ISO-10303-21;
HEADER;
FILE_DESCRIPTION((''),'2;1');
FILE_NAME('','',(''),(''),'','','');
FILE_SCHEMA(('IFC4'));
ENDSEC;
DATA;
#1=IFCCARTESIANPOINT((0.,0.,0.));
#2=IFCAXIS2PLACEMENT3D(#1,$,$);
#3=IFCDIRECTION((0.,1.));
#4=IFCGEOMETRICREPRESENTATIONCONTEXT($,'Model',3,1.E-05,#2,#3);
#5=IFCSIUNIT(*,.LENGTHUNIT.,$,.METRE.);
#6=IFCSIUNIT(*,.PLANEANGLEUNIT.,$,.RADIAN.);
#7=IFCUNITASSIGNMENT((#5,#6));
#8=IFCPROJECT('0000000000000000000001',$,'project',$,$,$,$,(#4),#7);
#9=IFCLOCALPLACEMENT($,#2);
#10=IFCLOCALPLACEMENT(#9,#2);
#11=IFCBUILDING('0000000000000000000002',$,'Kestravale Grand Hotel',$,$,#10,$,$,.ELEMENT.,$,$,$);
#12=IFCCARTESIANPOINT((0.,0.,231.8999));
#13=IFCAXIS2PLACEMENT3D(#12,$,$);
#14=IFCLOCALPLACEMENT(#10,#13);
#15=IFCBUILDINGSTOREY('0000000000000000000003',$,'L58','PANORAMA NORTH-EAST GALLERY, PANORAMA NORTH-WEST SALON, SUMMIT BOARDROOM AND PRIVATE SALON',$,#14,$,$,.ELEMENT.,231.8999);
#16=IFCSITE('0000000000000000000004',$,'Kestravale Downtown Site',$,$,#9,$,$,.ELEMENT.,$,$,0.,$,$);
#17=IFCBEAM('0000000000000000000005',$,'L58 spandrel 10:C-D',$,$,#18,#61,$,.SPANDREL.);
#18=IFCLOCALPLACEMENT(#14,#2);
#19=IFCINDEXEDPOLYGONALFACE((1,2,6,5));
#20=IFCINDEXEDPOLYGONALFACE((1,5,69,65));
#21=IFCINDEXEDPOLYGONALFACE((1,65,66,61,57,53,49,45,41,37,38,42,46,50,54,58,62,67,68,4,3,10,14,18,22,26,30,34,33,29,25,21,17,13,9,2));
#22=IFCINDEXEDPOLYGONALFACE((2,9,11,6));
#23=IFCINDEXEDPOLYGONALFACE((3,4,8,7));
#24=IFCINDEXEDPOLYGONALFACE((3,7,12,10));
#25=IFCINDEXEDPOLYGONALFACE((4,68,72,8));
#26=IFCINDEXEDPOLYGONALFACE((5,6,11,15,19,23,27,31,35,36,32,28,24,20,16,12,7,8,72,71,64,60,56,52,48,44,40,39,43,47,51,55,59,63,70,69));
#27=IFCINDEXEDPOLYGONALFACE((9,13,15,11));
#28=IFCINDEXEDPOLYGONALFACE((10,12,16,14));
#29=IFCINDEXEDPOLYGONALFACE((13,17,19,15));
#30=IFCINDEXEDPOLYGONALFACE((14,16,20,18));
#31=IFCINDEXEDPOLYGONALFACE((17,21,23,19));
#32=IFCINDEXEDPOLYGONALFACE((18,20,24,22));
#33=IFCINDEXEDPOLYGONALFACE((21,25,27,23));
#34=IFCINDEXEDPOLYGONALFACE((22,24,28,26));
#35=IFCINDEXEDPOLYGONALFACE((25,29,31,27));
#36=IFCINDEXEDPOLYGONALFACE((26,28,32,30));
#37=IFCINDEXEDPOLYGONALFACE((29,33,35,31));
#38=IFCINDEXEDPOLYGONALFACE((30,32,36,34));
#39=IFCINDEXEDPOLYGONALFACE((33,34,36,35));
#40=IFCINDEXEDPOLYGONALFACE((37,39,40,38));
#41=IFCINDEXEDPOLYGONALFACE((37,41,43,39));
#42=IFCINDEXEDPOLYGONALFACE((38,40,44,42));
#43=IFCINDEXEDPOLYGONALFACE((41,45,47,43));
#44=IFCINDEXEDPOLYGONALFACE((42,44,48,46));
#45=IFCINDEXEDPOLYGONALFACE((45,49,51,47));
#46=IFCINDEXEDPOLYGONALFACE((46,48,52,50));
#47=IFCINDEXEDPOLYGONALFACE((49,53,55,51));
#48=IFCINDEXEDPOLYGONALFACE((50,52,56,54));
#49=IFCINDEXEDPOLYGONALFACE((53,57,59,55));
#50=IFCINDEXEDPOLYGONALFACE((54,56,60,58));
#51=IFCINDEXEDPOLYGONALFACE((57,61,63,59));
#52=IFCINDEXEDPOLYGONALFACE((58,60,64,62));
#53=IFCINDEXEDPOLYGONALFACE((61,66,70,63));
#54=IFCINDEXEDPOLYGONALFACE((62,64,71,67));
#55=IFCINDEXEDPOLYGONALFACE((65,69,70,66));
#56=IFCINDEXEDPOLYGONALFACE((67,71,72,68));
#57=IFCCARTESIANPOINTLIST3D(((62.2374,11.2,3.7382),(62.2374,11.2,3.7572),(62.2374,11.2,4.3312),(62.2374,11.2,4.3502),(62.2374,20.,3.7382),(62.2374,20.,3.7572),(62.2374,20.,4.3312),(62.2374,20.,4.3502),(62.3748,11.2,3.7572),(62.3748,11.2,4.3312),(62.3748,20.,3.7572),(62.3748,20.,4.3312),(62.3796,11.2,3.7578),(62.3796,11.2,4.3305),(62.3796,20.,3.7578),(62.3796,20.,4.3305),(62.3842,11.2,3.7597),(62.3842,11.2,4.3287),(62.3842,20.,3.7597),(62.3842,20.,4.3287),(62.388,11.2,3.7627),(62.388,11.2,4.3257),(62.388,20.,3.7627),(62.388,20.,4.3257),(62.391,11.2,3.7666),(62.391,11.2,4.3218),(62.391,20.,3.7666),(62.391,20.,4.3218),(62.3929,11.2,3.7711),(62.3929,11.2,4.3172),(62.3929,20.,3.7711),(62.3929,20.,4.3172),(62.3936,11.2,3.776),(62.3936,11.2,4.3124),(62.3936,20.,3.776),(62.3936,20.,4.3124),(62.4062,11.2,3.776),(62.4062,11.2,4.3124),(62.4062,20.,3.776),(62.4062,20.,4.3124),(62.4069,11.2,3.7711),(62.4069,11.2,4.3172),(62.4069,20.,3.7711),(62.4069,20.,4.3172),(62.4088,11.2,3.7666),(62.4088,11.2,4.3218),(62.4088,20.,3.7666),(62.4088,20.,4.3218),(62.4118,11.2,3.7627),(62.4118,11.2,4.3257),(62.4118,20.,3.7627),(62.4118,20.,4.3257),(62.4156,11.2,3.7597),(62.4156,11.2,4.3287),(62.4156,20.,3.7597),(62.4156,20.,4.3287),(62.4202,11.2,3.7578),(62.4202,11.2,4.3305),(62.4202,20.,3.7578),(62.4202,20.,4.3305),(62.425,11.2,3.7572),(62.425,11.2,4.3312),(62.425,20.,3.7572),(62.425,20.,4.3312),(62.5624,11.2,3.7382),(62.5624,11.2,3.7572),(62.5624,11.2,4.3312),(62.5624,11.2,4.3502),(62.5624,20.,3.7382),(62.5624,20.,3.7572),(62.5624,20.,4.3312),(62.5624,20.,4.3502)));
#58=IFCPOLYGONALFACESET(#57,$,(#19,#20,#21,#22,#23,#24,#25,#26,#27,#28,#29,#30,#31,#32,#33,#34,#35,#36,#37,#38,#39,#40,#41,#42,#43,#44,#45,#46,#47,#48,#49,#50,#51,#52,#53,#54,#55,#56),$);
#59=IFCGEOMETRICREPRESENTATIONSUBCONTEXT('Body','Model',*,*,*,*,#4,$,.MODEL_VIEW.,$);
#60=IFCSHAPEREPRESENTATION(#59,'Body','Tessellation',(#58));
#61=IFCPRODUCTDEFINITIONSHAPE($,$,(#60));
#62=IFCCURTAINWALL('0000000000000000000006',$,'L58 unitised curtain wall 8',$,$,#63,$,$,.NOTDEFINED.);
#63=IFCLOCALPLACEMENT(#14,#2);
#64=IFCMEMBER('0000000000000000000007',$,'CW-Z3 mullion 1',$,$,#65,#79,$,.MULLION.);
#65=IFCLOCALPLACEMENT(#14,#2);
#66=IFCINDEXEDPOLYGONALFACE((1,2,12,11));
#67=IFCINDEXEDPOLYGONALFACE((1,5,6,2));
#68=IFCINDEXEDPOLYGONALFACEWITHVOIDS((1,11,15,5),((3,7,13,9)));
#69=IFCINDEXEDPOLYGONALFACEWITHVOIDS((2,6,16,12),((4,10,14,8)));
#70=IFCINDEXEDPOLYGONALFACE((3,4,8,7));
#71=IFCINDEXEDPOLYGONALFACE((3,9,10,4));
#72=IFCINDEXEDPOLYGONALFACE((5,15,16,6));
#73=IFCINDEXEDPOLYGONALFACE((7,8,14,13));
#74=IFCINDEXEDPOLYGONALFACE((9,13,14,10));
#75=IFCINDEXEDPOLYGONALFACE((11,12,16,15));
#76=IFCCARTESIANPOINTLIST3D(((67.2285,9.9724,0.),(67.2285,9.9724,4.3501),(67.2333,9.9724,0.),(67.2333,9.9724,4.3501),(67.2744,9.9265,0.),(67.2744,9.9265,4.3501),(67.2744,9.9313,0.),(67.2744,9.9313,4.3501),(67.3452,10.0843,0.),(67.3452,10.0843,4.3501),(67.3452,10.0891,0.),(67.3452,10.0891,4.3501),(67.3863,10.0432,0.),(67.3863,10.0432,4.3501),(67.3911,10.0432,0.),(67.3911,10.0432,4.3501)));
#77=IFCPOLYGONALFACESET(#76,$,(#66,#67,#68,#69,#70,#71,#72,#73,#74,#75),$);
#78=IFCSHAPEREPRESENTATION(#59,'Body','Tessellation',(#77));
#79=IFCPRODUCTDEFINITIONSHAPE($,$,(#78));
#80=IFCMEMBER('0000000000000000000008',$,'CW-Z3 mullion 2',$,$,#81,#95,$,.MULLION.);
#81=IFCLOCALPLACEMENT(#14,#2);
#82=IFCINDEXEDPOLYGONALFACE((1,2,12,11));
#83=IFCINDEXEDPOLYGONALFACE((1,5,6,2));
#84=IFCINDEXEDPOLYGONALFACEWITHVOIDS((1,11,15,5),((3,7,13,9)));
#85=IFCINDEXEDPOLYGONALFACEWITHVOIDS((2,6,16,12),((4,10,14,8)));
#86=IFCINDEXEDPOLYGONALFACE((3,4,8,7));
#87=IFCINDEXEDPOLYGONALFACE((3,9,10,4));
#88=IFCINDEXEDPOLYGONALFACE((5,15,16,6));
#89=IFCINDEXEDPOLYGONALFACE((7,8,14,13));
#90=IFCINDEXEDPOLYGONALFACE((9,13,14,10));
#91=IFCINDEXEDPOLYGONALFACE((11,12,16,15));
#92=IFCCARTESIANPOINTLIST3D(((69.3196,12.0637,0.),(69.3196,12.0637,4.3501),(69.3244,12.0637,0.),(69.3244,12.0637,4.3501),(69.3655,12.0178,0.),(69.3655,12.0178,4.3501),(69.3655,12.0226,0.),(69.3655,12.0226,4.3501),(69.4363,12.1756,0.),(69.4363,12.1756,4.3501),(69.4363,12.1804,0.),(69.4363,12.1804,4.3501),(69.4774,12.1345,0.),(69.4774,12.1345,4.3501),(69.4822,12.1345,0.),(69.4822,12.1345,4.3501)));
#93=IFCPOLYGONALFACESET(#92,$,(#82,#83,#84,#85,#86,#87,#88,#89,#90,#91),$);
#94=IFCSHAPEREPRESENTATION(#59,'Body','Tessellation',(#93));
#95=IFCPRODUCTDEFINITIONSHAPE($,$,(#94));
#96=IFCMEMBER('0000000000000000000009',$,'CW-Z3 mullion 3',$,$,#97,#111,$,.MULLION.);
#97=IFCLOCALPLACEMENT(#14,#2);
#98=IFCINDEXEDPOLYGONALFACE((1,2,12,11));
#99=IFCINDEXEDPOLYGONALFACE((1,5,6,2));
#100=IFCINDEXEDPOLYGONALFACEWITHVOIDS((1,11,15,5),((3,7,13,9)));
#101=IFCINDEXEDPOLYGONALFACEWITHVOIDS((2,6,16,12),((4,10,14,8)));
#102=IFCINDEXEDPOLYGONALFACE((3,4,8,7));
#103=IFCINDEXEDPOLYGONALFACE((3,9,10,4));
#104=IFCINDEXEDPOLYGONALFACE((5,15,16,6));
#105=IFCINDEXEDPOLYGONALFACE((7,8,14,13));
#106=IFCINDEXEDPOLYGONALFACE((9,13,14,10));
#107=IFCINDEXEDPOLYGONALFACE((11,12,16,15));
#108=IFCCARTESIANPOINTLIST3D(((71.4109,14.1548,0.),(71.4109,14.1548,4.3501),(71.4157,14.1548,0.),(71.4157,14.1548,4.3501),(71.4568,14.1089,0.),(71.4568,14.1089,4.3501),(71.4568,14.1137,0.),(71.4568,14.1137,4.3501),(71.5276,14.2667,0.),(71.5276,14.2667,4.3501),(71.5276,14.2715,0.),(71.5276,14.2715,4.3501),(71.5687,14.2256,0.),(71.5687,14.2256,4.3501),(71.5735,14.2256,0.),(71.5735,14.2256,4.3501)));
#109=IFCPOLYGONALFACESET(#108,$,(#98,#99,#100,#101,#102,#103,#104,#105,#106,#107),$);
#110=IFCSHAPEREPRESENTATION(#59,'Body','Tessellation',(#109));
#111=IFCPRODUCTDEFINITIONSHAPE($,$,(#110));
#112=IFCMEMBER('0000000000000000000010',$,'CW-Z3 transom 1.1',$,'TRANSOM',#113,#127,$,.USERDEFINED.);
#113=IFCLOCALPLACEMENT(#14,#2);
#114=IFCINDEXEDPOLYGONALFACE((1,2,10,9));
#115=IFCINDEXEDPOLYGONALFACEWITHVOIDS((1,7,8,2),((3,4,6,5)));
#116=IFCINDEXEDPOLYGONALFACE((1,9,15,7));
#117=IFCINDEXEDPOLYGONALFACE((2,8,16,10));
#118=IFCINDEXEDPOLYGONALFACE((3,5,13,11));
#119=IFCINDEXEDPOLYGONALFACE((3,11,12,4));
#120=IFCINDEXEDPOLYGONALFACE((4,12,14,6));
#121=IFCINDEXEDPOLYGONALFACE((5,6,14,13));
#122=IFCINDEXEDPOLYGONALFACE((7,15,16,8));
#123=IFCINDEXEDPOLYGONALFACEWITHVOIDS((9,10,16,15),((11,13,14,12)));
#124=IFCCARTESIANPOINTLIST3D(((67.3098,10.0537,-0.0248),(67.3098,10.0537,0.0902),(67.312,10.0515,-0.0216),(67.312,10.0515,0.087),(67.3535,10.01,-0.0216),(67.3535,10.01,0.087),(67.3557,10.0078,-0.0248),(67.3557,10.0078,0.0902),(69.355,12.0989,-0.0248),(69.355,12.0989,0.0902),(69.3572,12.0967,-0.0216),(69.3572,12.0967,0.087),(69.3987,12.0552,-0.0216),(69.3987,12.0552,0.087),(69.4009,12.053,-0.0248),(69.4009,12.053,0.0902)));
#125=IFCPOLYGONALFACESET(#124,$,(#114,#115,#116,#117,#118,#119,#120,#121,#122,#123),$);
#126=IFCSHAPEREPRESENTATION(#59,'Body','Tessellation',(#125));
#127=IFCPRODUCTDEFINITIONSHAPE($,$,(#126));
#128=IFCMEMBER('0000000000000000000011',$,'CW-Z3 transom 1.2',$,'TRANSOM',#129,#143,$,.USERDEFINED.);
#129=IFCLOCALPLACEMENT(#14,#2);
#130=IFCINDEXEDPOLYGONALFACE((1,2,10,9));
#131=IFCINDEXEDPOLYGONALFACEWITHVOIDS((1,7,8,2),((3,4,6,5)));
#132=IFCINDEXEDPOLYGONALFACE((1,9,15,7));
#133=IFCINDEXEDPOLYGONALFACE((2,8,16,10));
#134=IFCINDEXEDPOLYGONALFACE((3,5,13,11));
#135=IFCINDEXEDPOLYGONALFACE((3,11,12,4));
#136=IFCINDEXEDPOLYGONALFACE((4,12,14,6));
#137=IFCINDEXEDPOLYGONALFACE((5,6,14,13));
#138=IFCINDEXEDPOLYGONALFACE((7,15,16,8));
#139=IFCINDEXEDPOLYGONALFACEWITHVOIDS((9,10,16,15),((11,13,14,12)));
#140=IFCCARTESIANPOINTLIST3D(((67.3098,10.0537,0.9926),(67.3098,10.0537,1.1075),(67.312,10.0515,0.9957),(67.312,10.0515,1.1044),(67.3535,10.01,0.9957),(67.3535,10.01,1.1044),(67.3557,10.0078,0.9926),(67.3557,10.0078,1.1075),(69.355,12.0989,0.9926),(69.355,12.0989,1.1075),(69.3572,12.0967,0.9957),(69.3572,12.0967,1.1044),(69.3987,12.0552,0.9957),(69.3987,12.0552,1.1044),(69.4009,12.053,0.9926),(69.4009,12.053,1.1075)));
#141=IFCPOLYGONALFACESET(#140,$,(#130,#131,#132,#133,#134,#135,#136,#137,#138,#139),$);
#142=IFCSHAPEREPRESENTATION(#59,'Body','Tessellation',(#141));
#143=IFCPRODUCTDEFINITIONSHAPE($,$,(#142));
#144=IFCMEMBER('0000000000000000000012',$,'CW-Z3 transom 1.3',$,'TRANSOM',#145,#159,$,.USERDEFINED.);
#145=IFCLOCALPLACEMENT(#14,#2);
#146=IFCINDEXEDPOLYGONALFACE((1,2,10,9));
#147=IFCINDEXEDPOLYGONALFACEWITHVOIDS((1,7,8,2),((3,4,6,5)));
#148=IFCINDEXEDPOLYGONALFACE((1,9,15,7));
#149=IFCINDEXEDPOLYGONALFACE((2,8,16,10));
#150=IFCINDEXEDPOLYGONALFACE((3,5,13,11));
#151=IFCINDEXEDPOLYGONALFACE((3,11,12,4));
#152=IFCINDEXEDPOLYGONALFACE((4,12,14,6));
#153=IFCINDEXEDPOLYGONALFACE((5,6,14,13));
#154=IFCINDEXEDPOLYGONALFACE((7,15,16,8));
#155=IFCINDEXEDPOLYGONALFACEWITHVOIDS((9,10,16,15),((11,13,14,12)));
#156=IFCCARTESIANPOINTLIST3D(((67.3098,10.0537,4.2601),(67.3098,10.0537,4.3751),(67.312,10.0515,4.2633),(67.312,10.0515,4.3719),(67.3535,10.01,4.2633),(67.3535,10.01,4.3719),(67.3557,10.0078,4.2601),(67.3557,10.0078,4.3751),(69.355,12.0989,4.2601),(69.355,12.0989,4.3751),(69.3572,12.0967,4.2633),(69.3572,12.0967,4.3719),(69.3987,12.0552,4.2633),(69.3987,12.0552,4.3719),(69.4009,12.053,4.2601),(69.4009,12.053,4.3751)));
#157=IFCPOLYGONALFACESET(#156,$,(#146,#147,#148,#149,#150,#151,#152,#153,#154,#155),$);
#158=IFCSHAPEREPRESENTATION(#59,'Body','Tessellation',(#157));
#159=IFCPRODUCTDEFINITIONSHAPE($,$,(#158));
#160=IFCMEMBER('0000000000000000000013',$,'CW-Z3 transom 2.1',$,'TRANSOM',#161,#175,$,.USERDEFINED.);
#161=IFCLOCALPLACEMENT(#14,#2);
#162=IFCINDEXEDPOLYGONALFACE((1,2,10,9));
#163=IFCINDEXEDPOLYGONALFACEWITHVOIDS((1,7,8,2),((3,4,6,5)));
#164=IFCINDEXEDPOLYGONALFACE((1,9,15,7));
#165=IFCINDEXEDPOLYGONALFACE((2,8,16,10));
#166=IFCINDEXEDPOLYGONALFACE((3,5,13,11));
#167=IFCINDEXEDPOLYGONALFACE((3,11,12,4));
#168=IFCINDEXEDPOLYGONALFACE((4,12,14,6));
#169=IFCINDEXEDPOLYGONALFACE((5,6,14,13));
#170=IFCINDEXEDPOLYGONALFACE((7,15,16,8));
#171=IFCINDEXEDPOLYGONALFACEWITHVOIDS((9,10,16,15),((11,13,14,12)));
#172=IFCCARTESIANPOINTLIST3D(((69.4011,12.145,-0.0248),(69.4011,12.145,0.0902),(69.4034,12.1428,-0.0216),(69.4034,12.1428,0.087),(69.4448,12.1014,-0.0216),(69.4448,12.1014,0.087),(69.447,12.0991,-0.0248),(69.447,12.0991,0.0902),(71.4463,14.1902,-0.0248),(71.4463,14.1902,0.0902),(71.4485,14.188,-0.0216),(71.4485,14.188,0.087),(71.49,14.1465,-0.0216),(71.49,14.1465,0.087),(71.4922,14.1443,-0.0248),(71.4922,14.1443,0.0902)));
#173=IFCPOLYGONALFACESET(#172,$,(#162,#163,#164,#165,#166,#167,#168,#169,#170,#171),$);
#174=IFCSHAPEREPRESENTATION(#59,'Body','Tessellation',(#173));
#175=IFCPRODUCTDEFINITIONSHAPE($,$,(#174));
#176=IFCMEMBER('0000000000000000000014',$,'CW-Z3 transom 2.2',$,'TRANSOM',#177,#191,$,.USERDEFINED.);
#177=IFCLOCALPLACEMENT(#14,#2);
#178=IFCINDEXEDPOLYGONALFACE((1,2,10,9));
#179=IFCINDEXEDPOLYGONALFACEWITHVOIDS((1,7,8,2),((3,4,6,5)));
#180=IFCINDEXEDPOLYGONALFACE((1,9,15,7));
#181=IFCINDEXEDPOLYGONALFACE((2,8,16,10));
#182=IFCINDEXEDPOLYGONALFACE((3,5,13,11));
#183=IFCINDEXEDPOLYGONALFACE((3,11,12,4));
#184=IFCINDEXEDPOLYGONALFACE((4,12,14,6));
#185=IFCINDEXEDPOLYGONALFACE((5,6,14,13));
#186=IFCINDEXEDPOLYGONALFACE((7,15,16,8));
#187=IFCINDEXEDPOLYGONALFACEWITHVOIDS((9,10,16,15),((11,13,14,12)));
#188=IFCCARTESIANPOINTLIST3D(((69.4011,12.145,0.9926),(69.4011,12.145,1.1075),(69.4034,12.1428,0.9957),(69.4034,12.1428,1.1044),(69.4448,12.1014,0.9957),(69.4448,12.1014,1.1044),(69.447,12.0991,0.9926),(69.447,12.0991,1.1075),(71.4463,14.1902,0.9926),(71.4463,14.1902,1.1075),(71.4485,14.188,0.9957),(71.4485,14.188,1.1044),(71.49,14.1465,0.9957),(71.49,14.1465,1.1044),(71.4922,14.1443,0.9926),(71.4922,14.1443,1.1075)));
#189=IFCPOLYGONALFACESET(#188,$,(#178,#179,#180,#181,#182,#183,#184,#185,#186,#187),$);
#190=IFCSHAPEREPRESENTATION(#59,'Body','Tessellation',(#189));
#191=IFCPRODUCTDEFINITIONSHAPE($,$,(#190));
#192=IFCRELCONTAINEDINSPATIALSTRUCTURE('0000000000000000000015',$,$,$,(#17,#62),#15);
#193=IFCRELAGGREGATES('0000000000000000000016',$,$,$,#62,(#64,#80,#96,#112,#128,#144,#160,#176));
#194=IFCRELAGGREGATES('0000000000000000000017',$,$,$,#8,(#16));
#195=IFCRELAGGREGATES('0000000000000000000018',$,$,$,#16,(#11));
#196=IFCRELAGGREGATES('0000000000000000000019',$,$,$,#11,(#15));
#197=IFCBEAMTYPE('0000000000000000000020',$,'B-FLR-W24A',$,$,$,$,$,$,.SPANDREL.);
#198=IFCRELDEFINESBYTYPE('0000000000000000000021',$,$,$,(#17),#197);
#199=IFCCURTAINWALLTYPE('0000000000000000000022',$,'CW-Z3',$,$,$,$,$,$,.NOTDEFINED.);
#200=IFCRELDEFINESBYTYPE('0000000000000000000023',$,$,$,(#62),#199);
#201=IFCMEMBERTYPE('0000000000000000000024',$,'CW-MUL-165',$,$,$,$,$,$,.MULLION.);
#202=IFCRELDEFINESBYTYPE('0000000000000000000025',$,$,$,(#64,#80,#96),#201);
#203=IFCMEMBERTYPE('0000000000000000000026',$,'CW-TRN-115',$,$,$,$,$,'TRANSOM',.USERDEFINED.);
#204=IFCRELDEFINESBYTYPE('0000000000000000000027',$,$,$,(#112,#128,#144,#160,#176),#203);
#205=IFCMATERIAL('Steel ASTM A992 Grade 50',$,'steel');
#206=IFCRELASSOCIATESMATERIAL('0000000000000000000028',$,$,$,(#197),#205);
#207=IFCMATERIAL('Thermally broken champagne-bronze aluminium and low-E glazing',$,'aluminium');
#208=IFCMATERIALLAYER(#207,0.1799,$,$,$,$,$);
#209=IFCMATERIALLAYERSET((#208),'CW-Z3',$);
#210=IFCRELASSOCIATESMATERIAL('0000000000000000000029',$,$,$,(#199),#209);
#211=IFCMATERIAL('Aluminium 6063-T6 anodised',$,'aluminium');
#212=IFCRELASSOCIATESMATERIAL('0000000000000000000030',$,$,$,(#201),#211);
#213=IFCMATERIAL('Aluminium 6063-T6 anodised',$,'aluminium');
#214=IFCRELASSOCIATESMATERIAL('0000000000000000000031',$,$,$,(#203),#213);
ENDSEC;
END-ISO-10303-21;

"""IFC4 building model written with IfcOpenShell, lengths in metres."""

from ifc_helpers import new_model, si_unit, direction, frame, origin, origin_2d, place, context, subcontext, project, spatial, hollow_rectangle, i_section, extrude, material, layer, layer_set, material_profile, profile_set, type_object, element, aggregate, save


model = new_model("IFC4")

# Units and contexts
model_context = context("Model", 3, precision=1e-05, world=origin(), true_north=direction((0.0, 1.0)))
body_context = subcontext(model_context, "Body", "Model", "MODEL_VIEW")
ifc_project = project(units=[si_unit("LENGTHUNIT", "METRE"), si_unit("PLANEANGLEUNIT", "RADIAN")], contexts=[model_context])

# Site, building, storey
site_placement = place(None, origin())
site = spatial("IfcSite", under=ifc_project, at=site_placement, Name="Kestravale Downtown Site", CompositionType="ELEMENT", RefElevation=0.0)
building_placement = place(site_placement, origin())
building = spatial("IfcBuilding", under=site, at=building_placement, Name="Kestravale Grand Hotel", CompositionType="ELEMENT")
storey_placement = place(building_placement, frame((0.0, 0.0, 231.8999)))
storey = spatial("IfcBuildingStorey", under=building, at=storey_placement, Name="L58", Description="PANORAMA NORTH-EAST GALLERY, PANORAMA NORTH-WEST SALON, SUMMIT BOARDROOM AND PRIVATE SALON", CompositionType="ELEMENT", Elevation=231.8999)

# Beam
ifc_material_1 = material(Name="Steel ASTM A992 Grade 50", Category="steel")
ifc_material_profile_1 = material_profile(ifc_material_1, i_section(OverallWidth=0.325, OverallDepth=0.6121, WebThickness=0.0127, FlangeThickness=0.019, FilletRadius=0.0188, at=origin_2d()))
ifc_profile_set_1 = profile_set([ifc_material_profile_1], Name="Steel ASTM A992 Grade 50")
beam_type_1 = type_object("IfcBeamType", Name="B-FLR-W24A", PredefinedType="SPANDREL", material=ifc_profile_set_1)
beam_placement = place(storey_placement, frame((62.3999, 11.2, 4.0442), z_axis=(0.0, 1.0, 0.0), x_axis=(-1.0, 0.0, 0.0)))
element("IfcBeam", 1, at=beam_placement, inside=storey, type_object=beam_type_1, Name="L58 spandrel 10:C-D", PredefinedType="SPANDREL", context=body_context, shape_type="SweptSolid", body=[
    extrude(i_section(OverallWidth=0.325, OverallDepth=0.6121, WebThickness=0.0127, FlangeThickness=0.019, FilletRadius=0.0188, at=origin_2d()), origin(), (0.0, 0.0, 1.0), 8.8),
])

# Curtain wall, members
ifc_material_2 = material(Name="Thermally broken champagne-bronze aluminium and low-E glazing", Category="aluminium")
ifc_layer_1 = layer(ifc_material_2, 0.1799)
ifc_layer_set_1 = layer_set([ifc_layer_1], Name="CW-Z3")
curtain_wall_type = type_object("IfcCurtainWallType", Name="CW-Z3", PredefinedType="NOTDEFINED", material=ifc_layer_set_1)
curtain_wall_placement = place(storey_placement, origin())
curtain_wall = element("IfcCurtainWall", 2, at=curtain_wall_placement, inside=storey, type_object=curtain_wall_type, Name="L58 unitised curtain wall 8", PredefinedType="NOTDEFINED")
ifc_material_3 = material(Name="Aluminium 6063-T6 anodised", Category="aluminium")
ifc_material_profile_2 = material_profile(ifc_material_3, hollow_rectangle(XDim=0.0649, YDim=0.165, WallThickness=0.0034, at=origin_2d()))
ifc_profile_set_2 = profile_set([ifc_material_profile_2], Name="Aluminium 6063-T6 anodised")
member_type_1 = type_object("IfcMemberType", Name="CW-MUL-165", PredefinedType="MULLION", material=ifc_profile_set_2)
member_1_placement = place(storey_placement, frame((67.3098, 10.0078, 0.0), z_axis=(0.0, 0.0, 1.0), x_axis=(-0.707107, 0.707107, 0.0)))
member_1 = element("IfcMember", 3, at=member_1_placement, type_object=member_type_1, Name="CW-Z3 mullion 1", PredefinedType="MULLION", context=body_context, shape_type="SweptSolid", body=[
    extrude(hollow_rectangle(XDim=0.0649, YDim=0.165, WallThickness=0.0034, at=origin_2d()), origin(), (0.0, 0.0, 1.0), 4.3501),
])
member_2_placement = place(storey_placement, frame((69.4009, 12.0991, 0.0), z_axis=(0.0, 0.0, 1.0), x_axis=(-0.707107, 0.707107, 0.0)))
member_2 = element("IfcMember", 4, at=member_2_placement, type_object=member_type_1, Name="CW-Z3 mullion 2", PredefinedType="MULLION", context=body_context, shape_type="SweptSolid", body=[
    extrude(hollow_rectangle(XDim=0.0649, YDim=0.165, WallThickness=0.0034, at=origin_2d()), origin(), (0.0, 0.0, 1.0), 4.3501),
])
member_3_placement = place(storey_placement, frame((71.4922, 14.1902, 0.0), z_axis=(0.0, 0.0, 1.0), x_axis=(-0.707107, 0.707107, 0.0)))
member_3 = element("IfcMember", 5, at=member_3_placement, type_object=member_type_1, Name="CW-Z3 mullion 3", PredefinedType="MULLION", context=body_context, shape_type="SweptSolid", body=[
    extrude(hollow_rectangle(XDim=0.0649, YDim=0.165, WallThickness=0.0034, at=origin_2d()), origin(), (0.0, 0.0, 1.0), 4.3501),
])
ifc_material_4 = material(Name="Aluminium 6063-T6 anodised", Category="aluminium")
ifc_material_profile_3 = material_profile(ifc_material_4, hollow_rectangle(XDim=0.0649, YDim=0.115, WallThickness=0.0032, at=origin_2d()))
ifc_profile_set_3 = profile_set([ifc_material_profile_3], Name="Aluminium 6063-T6 anodised")
member_type_2 = type_object("IfcMemberType", Name="CW-TRN-115", ElementType="TRANSOM", PredefinedType="USERDEFINED", material=ifc_profile_set_3)
member_4_placement = place(storey_placement, frame((67.3328, 10.0308, 0.0327), z_axis=(0.707107, 0.707107, 0.0), x_axis=(-0.707107, 0.707107, 0.0)))
member_4 = element("IfcMember", 6, at=member_4_placement, type_object=member_type_2, Name="CW-Z3 transom 1.1", ObjectType="TRANSOM", PredefinedType="USERDEFINED", context=body_context, shape_type="SweptSolid", body=[
    extrude(hollow_rectangle(XDim=0.0649, YDim=0.115, WallThickness=0.0032, at=origin_2d()), origin(), (0.0, 0.0, 1.0), 2.8923),
])
member_5_placement = place(storey_placement, frame((67.3328, 10.0308, 1.05), z_axis=(0.707107, 0.707107, 0.0), x_axis=(-0.707107, 0.707107, 0.0)))
member_5 = element("IfcMember", 7, at=member_5_placement, type_object=member_type_2, Name="CW-Z3 transom 1.2", ObjectType="TRANSOM", PredefinedType="USERDEFINED", context=body_context, shape_type="SweptSolid", body=[
    extrude(hollow_rectangle(XDim=0.0649, YDim=0.115, WallThickness=0.0032, at=origin_2d()), origin(), (0.0, 0.0, 1.0), 2.8923),
])
member_6_placement = place(storey_placement, frame((67.3328, 10.0308, 4.3176), z_axis=(0.707107, 0.707107, 0.0), x_axis=(-0.707107, 0.707107, 0.0)))
member_6 = element("IfcMember", 8, at=member_6_placement, type_object=member_type_2, Name="CW-Z3 transom 1.3", ObjectType="TRANSOM", PredefinedType="USERDEFINED", context=body_context, shape_type="SweptSolid", body=[
    extrude(hollow_rectangle(XDim=0.0649, YDim=0.115, WallThickness=0.0032, at=origin_2d()), origin(), (0.0, 0.0, 1.0), 2.8923),
])
member_7_placement = place(storey_placement, frame((69.4241, 12.1221, 0.0327), z_axis=(0.707107, 0.707107, 0.0), x_axis=(-0.707107, 0.707107, 0.0)))
member_7 = element("IfcMember", 9, at=member_7_placement, type_object=member_type_2, Name="CW-Z3 transom 2.1", ObjectType="TRANSOM", PredefinedType="USERDEFINED", context=body_context, shape_type="SweptSolid", body=[
    extrude(hollow_rectangle(XDim=0.0649, YDim=0.115, WallThickness=0.0032, at=origin_2d()), origin(), (0.0, 0.0, 1.0), 2.8923),
])
member_8_placement = place(storey_placement, frame((69.4241, 12.1221, 1.05), z_axis=(0.707107, 0.707107, 0.0), x_axis=(-0.707107, 0.707107, 0.0)))
member_8 = element("IfcMember", 10, at=member_8_placement, type_object=member_type_2, Name="CW-Z3 transom 2.2", ObjectType="TRANSOM", PredefinedType="USERDEFINED", context=body_context, shape_type="SweptSolid", body=[
    extrude(hollow_rectangle(XDim=0.0649, YDim=0.115, WallThickness=0.0032, at=origin_2d()), origin(), (0.0, 0.0, 1.0), 2.8923),
])
aggregate(curtain_wall, [member_1, member_2, member_3, member_4, member_5, member_6, member_7, member_8])

save(model, "model.ifc")
